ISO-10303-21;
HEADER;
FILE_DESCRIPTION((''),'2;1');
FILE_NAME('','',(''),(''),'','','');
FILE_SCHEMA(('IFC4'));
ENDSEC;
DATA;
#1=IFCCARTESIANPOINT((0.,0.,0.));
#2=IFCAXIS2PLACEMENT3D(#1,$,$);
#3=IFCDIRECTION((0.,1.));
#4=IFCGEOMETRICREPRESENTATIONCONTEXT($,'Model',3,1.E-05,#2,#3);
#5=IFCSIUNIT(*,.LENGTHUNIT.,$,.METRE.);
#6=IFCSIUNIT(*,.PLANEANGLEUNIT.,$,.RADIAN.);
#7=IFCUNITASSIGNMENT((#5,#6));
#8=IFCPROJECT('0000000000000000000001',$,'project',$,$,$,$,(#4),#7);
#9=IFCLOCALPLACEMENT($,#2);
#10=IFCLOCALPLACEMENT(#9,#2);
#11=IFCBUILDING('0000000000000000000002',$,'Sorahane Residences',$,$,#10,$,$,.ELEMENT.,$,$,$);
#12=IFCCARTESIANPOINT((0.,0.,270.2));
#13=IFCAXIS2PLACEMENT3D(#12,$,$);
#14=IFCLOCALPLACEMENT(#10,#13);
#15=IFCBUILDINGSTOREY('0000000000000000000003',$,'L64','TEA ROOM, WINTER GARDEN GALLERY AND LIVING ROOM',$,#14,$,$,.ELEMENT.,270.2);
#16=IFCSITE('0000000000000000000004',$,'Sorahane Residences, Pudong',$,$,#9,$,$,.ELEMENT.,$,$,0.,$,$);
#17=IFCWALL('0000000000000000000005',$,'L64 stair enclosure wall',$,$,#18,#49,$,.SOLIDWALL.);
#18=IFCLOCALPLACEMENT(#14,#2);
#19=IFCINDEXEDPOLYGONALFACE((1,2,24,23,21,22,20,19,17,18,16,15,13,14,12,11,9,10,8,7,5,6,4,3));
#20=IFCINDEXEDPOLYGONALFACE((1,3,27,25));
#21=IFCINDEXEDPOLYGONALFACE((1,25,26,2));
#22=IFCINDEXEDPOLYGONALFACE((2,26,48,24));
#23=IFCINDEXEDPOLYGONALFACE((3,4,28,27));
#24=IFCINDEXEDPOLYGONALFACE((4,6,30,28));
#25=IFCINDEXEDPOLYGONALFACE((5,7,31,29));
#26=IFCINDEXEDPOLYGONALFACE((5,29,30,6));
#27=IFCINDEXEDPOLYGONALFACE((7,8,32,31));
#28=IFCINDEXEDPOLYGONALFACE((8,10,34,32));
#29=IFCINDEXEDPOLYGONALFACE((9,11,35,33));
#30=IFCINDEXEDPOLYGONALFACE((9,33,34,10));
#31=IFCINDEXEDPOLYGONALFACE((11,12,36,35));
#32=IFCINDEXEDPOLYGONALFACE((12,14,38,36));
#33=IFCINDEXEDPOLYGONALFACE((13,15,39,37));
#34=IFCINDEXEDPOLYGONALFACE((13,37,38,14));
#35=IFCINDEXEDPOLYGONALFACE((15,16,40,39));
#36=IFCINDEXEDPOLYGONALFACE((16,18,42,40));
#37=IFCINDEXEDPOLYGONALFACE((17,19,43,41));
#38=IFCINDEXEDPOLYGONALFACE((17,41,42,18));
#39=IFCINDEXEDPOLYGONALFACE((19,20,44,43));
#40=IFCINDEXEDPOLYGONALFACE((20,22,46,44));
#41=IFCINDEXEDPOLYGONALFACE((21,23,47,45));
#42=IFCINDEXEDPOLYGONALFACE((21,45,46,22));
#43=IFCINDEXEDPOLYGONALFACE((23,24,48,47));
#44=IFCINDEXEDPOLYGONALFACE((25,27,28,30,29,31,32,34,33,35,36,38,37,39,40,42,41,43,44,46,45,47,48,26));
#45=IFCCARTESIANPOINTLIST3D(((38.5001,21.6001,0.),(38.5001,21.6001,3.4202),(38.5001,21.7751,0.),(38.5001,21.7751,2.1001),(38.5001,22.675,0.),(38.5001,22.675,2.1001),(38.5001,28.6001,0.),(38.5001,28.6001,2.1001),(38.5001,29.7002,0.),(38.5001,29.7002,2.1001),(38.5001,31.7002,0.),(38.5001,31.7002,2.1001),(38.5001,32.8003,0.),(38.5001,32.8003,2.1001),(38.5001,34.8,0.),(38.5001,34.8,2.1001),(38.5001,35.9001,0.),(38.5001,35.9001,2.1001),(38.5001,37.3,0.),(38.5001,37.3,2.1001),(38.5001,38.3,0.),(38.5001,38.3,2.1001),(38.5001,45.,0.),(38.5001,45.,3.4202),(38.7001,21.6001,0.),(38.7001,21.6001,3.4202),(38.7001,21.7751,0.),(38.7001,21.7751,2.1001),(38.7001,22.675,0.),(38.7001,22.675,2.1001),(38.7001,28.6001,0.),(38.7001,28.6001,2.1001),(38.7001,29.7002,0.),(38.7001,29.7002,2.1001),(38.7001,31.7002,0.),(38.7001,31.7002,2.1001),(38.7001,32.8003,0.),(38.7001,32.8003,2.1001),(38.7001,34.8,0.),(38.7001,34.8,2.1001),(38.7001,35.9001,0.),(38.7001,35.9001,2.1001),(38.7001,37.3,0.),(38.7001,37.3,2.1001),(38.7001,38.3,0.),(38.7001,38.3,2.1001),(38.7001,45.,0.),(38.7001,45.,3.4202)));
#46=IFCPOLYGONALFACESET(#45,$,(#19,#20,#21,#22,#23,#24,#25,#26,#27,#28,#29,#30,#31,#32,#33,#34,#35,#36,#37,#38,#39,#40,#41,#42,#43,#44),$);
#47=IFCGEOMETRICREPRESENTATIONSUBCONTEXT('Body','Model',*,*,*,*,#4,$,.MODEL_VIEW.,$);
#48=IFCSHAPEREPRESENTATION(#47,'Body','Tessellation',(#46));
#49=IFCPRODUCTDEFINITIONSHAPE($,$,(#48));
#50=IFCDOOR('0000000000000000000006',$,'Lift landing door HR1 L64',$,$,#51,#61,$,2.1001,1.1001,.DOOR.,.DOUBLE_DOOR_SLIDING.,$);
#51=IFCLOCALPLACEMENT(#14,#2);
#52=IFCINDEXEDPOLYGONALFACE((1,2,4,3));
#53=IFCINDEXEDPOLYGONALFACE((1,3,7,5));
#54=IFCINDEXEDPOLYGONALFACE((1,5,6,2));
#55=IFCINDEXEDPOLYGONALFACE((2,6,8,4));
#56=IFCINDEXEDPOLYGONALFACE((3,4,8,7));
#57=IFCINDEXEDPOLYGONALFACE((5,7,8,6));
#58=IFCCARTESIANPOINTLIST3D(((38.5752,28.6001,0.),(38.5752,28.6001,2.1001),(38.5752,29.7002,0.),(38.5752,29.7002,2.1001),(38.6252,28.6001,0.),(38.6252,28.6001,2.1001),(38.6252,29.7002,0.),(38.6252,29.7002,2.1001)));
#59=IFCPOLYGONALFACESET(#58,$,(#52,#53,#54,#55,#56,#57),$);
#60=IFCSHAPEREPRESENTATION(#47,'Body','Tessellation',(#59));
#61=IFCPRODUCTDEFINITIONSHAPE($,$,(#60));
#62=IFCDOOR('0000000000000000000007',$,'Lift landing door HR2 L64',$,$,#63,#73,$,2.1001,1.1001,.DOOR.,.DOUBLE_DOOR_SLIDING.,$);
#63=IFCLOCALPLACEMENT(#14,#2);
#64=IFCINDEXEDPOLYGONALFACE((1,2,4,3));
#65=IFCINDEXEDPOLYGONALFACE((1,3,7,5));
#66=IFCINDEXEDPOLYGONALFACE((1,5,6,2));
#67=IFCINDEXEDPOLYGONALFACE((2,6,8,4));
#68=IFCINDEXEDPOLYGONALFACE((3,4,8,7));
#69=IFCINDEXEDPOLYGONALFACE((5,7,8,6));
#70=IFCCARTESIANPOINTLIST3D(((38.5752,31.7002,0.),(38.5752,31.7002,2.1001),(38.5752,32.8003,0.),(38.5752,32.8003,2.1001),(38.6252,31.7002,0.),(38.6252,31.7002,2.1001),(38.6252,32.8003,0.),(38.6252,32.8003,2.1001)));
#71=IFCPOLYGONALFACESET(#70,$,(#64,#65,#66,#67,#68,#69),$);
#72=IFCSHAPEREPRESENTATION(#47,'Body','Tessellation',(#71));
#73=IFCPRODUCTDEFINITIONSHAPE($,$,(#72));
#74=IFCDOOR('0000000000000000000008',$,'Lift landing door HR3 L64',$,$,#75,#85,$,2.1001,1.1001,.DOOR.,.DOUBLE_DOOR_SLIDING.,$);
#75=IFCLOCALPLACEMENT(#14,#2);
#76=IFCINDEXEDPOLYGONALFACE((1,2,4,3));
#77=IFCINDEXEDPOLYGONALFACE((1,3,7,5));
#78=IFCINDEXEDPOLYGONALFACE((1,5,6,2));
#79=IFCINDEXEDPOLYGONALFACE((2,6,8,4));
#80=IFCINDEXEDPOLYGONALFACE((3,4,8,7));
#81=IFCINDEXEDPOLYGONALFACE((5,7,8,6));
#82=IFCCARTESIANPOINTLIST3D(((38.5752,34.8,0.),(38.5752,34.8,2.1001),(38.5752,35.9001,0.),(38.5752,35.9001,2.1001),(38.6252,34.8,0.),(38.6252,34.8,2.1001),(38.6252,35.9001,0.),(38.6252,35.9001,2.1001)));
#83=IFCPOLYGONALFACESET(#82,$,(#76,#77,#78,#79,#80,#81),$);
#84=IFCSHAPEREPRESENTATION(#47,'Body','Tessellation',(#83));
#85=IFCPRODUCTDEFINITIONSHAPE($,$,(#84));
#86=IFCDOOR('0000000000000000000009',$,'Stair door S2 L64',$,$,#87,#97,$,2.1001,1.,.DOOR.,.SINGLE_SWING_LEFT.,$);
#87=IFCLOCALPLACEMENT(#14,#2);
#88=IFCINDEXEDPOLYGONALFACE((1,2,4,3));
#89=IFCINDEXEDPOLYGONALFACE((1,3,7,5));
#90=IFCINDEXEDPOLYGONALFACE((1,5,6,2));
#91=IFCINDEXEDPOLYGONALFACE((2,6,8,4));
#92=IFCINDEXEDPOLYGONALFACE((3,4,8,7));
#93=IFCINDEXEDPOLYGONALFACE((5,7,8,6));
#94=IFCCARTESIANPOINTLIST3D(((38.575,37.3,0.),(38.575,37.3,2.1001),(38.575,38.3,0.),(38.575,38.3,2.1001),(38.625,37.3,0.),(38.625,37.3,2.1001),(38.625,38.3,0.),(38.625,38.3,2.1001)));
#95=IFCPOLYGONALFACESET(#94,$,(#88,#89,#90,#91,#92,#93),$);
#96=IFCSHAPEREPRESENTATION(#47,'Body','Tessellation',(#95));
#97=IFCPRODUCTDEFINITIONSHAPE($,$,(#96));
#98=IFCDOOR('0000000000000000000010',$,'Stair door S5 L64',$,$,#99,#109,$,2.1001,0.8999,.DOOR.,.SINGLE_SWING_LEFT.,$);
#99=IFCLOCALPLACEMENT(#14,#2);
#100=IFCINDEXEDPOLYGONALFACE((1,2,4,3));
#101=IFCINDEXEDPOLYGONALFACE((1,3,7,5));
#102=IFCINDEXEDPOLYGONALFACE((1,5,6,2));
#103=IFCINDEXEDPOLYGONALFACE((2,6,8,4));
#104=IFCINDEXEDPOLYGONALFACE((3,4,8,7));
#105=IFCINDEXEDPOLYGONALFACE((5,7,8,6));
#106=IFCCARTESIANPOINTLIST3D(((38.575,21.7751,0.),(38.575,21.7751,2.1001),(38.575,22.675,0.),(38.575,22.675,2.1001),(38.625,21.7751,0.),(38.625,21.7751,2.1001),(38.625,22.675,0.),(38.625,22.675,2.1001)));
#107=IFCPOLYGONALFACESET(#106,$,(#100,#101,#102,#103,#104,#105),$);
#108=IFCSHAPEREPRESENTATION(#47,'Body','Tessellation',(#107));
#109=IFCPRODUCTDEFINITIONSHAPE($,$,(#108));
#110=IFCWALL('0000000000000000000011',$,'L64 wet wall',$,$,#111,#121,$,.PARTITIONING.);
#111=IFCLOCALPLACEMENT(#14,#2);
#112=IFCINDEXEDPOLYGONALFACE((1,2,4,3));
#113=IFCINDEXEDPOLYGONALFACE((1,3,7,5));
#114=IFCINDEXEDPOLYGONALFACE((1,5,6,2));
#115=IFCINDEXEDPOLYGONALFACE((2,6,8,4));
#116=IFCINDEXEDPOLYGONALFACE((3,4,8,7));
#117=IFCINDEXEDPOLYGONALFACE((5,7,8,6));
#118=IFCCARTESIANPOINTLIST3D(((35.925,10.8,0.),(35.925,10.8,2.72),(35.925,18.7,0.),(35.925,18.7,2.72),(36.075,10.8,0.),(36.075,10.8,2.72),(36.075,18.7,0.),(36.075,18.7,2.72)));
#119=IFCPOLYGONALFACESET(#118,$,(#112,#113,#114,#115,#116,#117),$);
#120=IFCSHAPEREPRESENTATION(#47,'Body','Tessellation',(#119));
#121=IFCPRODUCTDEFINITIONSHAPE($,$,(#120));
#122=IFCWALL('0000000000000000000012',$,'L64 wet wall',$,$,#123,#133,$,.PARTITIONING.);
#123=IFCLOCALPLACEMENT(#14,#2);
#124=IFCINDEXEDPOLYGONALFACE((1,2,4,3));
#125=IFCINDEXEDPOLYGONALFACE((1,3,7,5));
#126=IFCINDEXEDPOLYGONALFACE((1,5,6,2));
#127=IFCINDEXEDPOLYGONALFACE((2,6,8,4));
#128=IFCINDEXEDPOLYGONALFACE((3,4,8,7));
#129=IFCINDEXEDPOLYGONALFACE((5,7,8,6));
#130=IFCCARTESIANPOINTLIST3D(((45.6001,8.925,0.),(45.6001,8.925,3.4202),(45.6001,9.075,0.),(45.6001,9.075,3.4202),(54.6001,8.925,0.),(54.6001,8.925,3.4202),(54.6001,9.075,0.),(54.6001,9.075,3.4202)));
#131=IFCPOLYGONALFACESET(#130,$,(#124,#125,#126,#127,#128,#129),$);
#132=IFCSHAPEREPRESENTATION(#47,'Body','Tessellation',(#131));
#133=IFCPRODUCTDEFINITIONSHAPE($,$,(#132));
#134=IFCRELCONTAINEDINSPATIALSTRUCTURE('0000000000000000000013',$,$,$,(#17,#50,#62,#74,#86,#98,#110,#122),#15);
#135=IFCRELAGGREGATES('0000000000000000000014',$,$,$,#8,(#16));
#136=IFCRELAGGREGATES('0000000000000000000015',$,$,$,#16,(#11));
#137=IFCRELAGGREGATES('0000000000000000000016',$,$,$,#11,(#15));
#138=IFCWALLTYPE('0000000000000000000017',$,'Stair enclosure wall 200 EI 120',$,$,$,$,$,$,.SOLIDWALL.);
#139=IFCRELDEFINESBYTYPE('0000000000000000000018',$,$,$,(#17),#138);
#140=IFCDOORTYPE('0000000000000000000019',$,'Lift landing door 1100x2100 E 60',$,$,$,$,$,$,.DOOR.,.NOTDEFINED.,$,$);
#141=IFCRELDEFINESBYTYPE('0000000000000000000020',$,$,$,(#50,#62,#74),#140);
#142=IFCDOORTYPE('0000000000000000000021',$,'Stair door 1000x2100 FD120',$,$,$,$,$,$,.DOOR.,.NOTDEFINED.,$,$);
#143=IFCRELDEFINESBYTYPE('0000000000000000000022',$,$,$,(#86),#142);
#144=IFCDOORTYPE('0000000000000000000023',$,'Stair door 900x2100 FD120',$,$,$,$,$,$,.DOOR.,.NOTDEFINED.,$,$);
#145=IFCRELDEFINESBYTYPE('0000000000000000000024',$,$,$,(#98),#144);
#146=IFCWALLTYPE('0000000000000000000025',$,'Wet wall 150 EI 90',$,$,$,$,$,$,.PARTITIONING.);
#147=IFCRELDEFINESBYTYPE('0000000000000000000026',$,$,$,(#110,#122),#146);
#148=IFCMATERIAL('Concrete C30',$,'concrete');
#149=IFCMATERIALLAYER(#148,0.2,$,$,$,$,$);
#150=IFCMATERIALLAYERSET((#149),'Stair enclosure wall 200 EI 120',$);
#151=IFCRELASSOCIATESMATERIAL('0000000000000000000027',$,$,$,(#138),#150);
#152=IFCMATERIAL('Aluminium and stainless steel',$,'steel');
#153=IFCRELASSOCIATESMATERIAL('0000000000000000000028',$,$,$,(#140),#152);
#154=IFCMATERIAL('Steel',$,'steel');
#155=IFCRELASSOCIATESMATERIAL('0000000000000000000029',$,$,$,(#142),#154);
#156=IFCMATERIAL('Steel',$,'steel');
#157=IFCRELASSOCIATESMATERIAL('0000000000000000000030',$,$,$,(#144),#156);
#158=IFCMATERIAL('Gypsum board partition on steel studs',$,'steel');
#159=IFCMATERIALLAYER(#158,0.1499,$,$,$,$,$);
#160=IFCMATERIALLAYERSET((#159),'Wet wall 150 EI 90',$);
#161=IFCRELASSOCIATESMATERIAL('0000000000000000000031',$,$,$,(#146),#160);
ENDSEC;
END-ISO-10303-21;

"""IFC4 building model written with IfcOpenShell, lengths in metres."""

from ifc_helpers import new_model, si_unit, direction, frame, frame_2d, origin, place, context, subcontext, project, spatial, rectangle, extrude, material, layer, layer_set, type_object, element, fill, save


model = new_model("IFC4")

# Units and contexts
model_context = context("Model", 3, precision=1e-05, world=origin(), true_north=direction((0.0, 1.0)))
body_context = subcontext(model_context, "Body", "Model", "MODEL_VIEW")
ifc_project = project(units=[si_unit("LENGTHUNIT", "METRE"), si_unit("PLANEANGLEUNIT", "RADIAN")], contexts=[model_context])

# Site, building, storey
site_placement = place(None, origin())
site = spatial("IfcSite", under=ifc_project, at=site_placement, Name="Sorahane Residences, Pudong", CompositionType="ELEMENT", RefElevation=0.0)
building_placement = place(site_placement, origin())
building = spatial("IfcBuilding", under=site, at=building_placement, Name="Sorahane Residences", CompositionType="ELEMENT")
storey_placement = place(building_placement, frame((0.0, 0.0, 270.2)))
storey = spatial("IfcBuildingStorey", under=building, at=storey_placement, Name="L64", Description="TEA ROOM, WINTER GARDEN GALLERY AND LIVING ROOM", CompositionType="ELEMENT", Elevation=270.2)

# Wall, openings, doors
ifc_material_1 = material(Name="Concrete C30", Category="concrete")
ifc_layer_1 = layer(ifc_material_1, 0.2)
ifc_layer_set_1 = layer_set([ifc_layer_1], Name="Stair enclosure wall 200 EI 120")
wall_type_1 = type_object("IfcWallType", Name="Stair enclosure wall 200 EI 120", PredefinedType="SOLIDWALL", material=ifc_layer_set_1)
wall_1_placement = place(storey_placement, frame((38.6001, 21.6001, 0.0), z_axis=(0.0, 0.0, 1.0), x_axis=(0.0, 1.0, 0.0)))
wall_1 = element("IfcWall", 1, at=wall_1_placement, inside=storey, type_object=wall_type_1, Name="L64 stair enclosure wall", PredefinedType="SOLIDWALL", context=body_context, shape_type="SweptSolid", body=[
    extrude(rectangle(XDim=23.3999, YDim=0.2, at=frame_2d((11.7, 0.0))), origin(), (0.0, 0.0, 1.0), 3.4202),
])
opening_1_placement = place(wall_1_placement, frame((7.0, 0.0, 0.0)))
opening_1 = element("IfcOpeningElement", 2, at=opening_1_placement, cuts=wall_1, PredefinedType="OPENING", context=body_context, shape_type="SweptSolid", body=[
    extrude(rectangle(XDim=1.1001, YDim=2.1001, at=frame_2d((0.55, 1.05))), frame((0.0, 0.1099, 0.0), z_axis=(0.0, -1.0, 0.0), x_axis=(1.0, 0.0, 0.0)), (0.0, 0.0, 1.0), 0.22),
])
opening_2_placement = place(wall_1_placement, frame((10.1001, 0.0, 0.0)))
opening_2 = element("IfcOpeningElement", 3, at=opening_2_placement, cuts=wall_1, PredefinedType="OPENING", context=body_context, shape_type="SweptSolid", body=[
    extrude(rectangle(XDim=1.1001, YDim=2.1001, at=frame_2d((0.55, 1.05))), frame((0.0, 0.1099, 0.0), z_axis=(0.0, -1.0, 0.0), x_axis=(1.0, 0.0, 0.0)), (0.0, 0.0, 1.0), 0.22),
])
opening_3_placement = place(wall_1_placement, frame((13.2, 0.0, 0.0)))
opening_3 = element("IfcOpeningElement", 4, at=opening_3_placement, cuts=wall_1, PredefinedType="OPENING", context=body_context, shape_type="SweptSolid", body=[
    extrude(rectangle(XDim=1.1001, YDim=2.1001, at=frame_2d((0.55, 1.05))), frame((0.0, 0.1099, 0.0), z_axis=(0.0, -1.0, 0.0), x_axis=(1.0, 0.0, 0.0)), (0.0, 0.0, 1.0), 0.22),
])
opening_4_placement = place(wall_1_placement, frame((15.7, 0.0, 0.0)))
opening_4 = element("IfcOpeningElement", 5, at=opening_4_placement, cuts=wall_1, PredefinedType="OPENING", context=body_context, shape_type="SweptSolid", body=[
    extrude(rectangle(XDim=1.0, YDim=2.1001, at=frame_2d((0.5, 1.05))), frame((0.0, 0.1099, 0.0), z_axis=(0.0, -1.0, 0.0), x_axis=(1.0, 0.0, 0.0)), (0.0, 0.0, 1.0), 0.22),
])
opening_5_placement = place(wall_1_placement, frame((0.175, 0.0, 0.0)))
opening_5 = element("IfcOpeningElement", 6, at=opening_5_placement, cuts=wall_1, PredefinedType="OPENING", context=body_context, shape_type="SweptSolid", body=[
    extrude(rectangle(XDim=0.8999, YDim=2.1001, at=frame_2d((0.45, 1.05))), frame((0.0, 0.1099, 0.0), z_axis=(0.0, -1.0, 0.0), x_axis=(1.0, 0.0, 0.0)), (0.0, 0.0, 1.0), 0.22),
])
ifc_material_2 = material(Name="Aluminium and stainless steel", Category="steel")
door_type_1 = type_object("IfcDoorType", Name="Lift landing door 1100x2100 E 60", OperationType="NOTDEFINED", PredefinedType="DOOR", material=ifc_material_2)
door_1_placement = place(opening_1_placement, origin())
door_1 = element("IfcDoor", 7, at=door_1_placement, inside=storey, type_object=door_type_1, Name="Lift landing door HR1 L64", OperationType="DOUBLE_DOOR_SLIDING", OverallHeight=2.1001, OverallWidth=1.1001, PredefinedType="DOOR", context=body_context, shape_type="SweptSolid", body=[
    extrude(rectangle(XDim=1.1001, YDim=2.1001, at=frame_2d((0.55, 1.05))), frame((0.0, 0.0249, 0.0), z_axis=(0.0, -1.0, 0.0), x_axis=(1.0, 0.0, 0.0)), (0.0, 0.0, 1.0), 0.05),
])
fill(opening_1, door_1)
door_2_placement = place(opening_2_placement, origin())
door_2 = element("IfcDoor", 8, at=door_2_placement, inside=storey, type_object=door_type_1, Name="Lift landing door HR2 L64", OperationType="DOUBLE_DOOR_SLIDING", OverallHeight=2.1001, OverallWidth=1.1001, PredefinedType="DOOR", context=body_context, shape_type="SweptSolid", body=[
    extrude(rectangle(XDim=1.1001, YDim=2.1001, at=frame_2d((0.55, 1.05))), frame((0.0, 0.0249, 0.0), z_axis=(0.0, -1.0, 0.0), x_axis=(1.0, 0.0, 0.0)), (0.0, 0.0, 1.0), 0.05),
])
fill(opening_2, door_2)
door_3_placement = place(opening_3_placement, origin())
door_3 = element("IfcDoor", 9, at=door_3_placement, inside=storey, type_object=door_type_1, Name="Lift landing door HR3 L64", OperationType="DOUBLE_DOOR_SLIDING", OverallHeight=2.1001, OverallWidth=1.1001, PredefinedType="DOOR", context=body_context, shape_type="SweptSolid", body=[
    extrude(rectangle(XDim=1.1001, YDim=2.1001, at=frame_2d((0.55, 1.05))), frame((0.0, 0.0249, 0.0), z_axis=(0.0, -1.0, 0.0), x_axis=(1.0, 0.0, 0.0)), (0.0, 0.0, 1.0), 0.05),
])
fill(opening_3, door_3)
ifc_material_3 = material(Name="Steel", Category="steel")
door_type_2 = type_object("IfcDoorType", Name="Stair door 1000x2100 FD120", OperationType="NOTDEFINED", PredefinedType="DOOR", material=ifc_material_3)
door_4_placement = place(opening_4_placement, frame((1.0, 0.0, 0.0), z_axis=(0.0, 0.0, 1.0), x_axis=(-1.0, 0.0, 0.0)))
door_4 = element("IfcDoor", 10, at=door_4_placement, inside=storey, type_object=door_type_2, Name="Stair door S2 L64", OperationType="SINGLE_SWING_LEFT", OverallHeight=2.1001, OverallWidth=1.0, PredefinedType="DOOR", context=body_context, shape_type="SweptSolid", body=[
    extrude(rectangle(XDim=1.0, YDim=2.1001, at=frame_2d((0.5, 1.05))), frame((0.0, 0.0249, 0.0), z_axis=(0.0, -1.0, 0.0), x_axis=(1.0, 0.0, 0.0)), (0.0, 0.0, 1.0), 0.05),
])
fill(opening_4, door_4)
ifc_material_4 = material(Name="Steel", Category="steel")
door_type_3 = type_object("IfcDoorType", Name="Stair door 900x2100 FD120", OperationType="NOTDEFINED", PredefinedType="DOOR", material=ifc_material_4)
door_5_placement = place(opening_5_placement, frame((0.8999, 0.0, 0.0), z_axis=(0.0, 0.0, 1.0), x_axis=(-1.0, 0.0, 0.0)))
door_5 = element("IfcDoor", 11, at=door_5_placement, inside=storey, type_object=door_type_3, Name="Stair door S5 L64", OperationType="SINGLE_SWING_LEFT", OverallHeight=2.1001, OverallWidth=0.8999, PredefinedType="DOOR", context=body_context, shape_type="SweptSolid", body=[
    extrude(rectangle(XDim=0.8999, YDim=2.1001, at=frame_2d((0.45, 1.05))), frame((0.0, 0.0249, 0.0), z_axis=(0.0, -1.0, 0.0), x_axis=(1.0, 0.0, 0.0)), (0.0, 0.0, 1.0), 0.05),
])
fill(opening_5, door_5)

# Walls
ifc_material_5 = material(Name="Gypsum board partition on steel studs", Category="steel")
ifc_layer_2 = layer(ifc_material_5, 0.1499)
ifc_layer_set_2 = layer_set([ifc_layer_2], Name="Wet wall 150 EI 90")
wall_type_2 = type_object("IfcWallType", Name="Wet wall 150 EI 90", PredefinedType="PARTITIONING", material=ifc_layer_set_2)
wall_2_placement = place(storey_placement, frame((36.0, 10.8, 0.0), z_axis=(0.0, 0.0, 1.0), x_axis=(0.0, 1.0, 0.0)))
element("IfcWall", 12, at=wall_2_placement, inside=storey, type_object=wall_type_2, Name="L64 wet wall", PredefinedType="PARTITIONING", context=body_context, shape_type="SweptSolid", body=[
    extrude(rectangle(XDim=7.8999, YDim=0.1499, at=frame_2d((3.95, 0.0))), origin(), (0.0, 0.0, 1.0), 2.72),
])
wall_3_placement = place(storey_placement, frame((45.6001, 9.0, 0.0), z_axis=(0.0, 0.0, 1.0), x_axis=(1.0, 0.0, 0.0)))
element("IfcWall", 13, at=wall_3_placement, inside=storey, type_object=wall_type_2, Name="L64 wet wall", PredefinedType="PARTITIONING", context=body_context, shape_type="SweptSolid", body=[
    extrude(rectangle(XDim=9.0, YDim=0.1499, at=frame_2d((4.5, 0.0))), origin(), (0.0, 0.0, 1.0), 3.4202),
])

save(model, "model.ifc")
